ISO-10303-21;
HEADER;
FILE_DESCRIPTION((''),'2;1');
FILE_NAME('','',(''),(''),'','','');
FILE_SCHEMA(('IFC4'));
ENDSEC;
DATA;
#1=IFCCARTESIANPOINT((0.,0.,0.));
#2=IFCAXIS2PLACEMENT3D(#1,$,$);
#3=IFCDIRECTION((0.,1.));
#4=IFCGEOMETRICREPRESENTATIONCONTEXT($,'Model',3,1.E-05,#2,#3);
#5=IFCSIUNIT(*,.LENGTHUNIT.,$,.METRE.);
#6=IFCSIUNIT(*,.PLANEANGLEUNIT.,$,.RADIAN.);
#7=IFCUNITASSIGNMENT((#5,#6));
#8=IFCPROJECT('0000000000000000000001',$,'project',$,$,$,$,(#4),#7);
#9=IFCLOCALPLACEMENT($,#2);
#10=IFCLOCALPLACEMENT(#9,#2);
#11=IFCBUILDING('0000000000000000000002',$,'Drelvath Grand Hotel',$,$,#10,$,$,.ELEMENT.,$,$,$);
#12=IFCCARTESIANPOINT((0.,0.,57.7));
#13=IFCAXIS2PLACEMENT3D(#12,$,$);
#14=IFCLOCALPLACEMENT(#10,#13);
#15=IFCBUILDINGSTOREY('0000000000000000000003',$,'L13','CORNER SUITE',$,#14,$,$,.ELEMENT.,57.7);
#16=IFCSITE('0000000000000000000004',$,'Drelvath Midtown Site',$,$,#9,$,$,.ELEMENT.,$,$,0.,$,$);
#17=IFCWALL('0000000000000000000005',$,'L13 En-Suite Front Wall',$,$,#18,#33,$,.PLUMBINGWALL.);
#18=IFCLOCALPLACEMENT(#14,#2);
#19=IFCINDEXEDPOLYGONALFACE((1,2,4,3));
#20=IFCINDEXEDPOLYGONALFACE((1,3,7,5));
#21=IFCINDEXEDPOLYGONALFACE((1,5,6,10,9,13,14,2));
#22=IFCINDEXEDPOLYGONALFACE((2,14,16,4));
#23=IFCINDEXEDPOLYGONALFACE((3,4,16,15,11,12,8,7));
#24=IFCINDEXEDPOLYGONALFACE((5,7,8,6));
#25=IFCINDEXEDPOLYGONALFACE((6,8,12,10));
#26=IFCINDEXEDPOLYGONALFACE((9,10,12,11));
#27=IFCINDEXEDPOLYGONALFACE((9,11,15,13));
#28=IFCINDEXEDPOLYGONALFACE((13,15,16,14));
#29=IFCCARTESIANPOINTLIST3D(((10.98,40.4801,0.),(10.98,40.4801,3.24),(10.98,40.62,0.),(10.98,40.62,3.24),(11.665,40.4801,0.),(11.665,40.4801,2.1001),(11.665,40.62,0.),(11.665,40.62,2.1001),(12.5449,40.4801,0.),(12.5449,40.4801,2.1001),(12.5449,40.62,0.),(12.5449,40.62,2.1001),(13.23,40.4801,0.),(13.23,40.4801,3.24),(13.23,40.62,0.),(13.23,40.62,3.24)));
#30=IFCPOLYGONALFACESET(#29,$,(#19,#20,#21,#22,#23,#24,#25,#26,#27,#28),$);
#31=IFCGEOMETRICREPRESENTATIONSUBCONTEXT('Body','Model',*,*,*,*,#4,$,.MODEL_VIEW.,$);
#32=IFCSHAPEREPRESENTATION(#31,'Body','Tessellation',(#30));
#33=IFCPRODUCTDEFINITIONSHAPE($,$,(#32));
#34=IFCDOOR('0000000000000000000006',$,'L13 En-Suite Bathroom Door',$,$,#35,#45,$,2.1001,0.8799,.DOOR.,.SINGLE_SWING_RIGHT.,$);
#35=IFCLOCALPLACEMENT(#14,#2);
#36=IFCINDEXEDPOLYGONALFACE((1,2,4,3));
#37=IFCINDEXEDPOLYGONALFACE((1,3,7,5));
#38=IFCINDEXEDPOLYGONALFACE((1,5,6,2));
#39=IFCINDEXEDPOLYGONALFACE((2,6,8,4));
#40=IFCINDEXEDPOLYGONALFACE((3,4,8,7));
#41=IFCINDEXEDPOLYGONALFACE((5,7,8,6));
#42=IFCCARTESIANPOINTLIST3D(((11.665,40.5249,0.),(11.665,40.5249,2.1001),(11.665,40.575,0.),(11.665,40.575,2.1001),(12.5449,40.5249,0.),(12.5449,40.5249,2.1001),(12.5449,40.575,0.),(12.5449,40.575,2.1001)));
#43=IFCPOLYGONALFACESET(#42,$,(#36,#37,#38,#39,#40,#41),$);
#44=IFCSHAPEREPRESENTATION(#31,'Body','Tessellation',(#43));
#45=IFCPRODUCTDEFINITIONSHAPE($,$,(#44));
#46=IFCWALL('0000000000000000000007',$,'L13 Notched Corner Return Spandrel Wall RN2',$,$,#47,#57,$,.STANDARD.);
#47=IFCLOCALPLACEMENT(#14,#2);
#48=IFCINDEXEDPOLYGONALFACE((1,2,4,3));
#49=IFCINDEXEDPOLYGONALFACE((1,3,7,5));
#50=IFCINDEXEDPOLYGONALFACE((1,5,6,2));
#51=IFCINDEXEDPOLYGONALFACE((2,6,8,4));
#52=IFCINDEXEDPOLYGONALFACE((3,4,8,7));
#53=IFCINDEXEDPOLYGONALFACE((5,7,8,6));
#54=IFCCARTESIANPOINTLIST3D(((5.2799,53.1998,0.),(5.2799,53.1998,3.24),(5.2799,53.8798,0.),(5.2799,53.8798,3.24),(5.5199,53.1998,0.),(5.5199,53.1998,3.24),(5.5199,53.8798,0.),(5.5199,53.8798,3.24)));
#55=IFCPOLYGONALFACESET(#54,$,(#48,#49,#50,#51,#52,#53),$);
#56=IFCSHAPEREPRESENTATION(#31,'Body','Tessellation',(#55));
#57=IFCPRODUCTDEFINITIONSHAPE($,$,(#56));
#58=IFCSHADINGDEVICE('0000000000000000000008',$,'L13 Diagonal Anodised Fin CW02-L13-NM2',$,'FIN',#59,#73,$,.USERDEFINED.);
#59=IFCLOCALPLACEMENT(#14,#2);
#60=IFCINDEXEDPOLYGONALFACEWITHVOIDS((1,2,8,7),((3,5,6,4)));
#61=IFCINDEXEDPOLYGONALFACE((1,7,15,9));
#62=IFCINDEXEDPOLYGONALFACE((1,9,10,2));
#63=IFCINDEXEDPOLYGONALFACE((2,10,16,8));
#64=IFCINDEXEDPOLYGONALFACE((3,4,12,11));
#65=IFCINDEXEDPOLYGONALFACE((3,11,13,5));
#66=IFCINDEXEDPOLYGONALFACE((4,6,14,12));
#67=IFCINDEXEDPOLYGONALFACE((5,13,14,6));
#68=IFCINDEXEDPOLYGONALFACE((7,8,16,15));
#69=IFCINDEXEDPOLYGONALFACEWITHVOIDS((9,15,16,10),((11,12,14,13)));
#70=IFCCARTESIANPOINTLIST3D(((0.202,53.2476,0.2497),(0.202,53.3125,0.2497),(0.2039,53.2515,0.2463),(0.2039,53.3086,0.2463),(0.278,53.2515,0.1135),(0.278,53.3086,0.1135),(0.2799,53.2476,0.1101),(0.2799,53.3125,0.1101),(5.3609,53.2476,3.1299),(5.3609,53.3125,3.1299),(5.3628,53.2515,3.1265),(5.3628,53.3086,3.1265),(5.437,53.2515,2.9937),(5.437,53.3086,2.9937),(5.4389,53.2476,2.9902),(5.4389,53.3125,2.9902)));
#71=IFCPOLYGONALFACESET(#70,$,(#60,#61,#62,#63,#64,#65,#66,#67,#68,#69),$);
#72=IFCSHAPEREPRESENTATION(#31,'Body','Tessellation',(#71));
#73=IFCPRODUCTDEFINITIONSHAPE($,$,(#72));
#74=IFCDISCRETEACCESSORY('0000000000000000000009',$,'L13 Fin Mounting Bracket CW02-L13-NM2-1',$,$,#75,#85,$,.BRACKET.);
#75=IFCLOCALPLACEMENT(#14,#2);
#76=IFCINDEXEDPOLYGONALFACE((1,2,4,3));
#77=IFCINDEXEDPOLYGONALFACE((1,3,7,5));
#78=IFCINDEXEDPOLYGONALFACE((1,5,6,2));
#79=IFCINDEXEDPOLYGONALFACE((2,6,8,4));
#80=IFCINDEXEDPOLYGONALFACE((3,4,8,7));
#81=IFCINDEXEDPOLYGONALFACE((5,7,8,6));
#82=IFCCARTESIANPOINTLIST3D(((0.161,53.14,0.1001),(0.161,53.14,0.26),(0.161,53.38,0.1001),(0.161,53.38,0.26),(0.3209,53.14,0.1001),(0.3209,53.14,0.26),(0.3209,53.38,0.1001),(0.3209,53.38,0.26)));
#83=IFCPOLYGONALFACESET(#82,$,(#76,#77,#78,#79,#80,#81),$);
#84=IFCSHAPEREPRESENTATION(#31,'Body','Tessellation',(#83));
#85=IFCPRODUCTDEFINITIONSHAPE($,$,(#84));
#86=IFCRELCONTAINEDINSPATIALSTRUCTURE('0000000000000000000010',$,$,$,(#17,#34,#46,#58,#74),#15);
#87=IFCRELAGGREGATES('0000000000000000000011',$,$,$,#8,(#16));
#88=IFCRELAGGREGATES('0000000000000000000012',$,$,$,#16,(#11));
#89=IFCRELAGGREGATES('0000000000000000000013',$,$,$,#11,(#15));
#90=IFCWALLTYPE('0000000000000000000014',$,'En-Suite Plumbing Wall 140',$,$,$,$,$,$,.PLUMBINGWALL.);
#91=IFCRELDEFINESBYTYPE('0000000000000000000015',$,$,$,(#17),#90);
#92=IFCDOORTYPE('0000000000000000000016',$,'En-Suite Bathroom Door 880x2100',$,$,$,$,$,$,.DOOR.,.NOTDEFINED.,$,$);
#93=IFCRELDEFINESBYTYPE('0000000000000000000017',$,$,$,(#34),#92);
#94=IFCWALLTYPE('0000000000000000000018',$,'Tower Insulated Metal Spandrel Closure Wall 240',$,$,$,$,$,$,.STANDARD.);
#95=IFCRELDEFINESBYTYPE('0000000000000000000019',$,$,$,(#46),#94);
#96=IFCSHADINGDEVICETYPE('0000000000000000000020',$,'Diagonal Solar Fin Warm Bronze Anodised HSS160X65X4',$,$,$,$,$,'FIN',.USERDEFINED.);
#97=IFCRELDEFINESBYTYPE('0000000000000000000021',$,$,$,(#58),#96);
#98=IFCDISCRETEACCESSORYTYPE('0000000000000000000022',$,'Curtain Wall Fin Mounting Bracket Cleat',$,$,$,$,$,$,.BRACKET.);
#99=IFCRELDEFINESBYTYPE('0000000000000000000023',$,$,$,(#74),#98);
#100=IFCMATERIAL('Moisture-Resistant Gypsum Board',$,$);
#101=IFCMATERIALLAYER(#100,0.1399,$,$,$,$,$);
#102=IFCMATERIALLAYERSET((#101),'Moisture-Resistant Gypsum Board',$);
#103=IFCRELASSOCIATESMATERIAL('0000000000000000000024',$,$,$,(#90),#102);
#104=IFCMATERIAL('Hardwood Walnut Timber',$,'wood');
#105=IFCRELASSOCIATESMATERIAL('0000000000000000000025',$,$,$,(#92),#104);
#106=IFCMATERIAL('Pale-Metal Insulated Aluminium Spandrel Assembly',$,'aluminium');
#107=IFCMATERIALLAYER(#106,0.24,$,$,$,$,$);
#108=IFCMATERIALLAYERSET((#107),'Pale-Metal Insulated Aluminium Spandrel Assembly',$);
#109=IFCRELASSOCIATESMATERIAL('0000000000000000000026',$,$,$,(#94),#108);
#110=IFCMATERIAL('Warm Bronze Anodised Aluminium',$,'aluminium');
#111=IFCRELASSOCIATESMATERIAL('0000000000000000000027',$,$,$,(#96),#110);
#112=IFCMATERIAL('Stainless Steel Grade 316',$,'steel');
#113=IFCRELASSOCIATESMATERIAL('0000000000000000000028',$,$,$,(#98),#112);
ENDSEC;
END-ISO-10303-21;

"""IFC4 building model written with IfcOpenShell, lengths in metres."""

from ifc_helpers import new_model, si_unit, direction, frame, frame_2d, origin, origin_2d, place, context, subcontext, project, spatial, rectangle, hollow_rectangle, extrude, material, layer, layer_set, material_profile, profile_set, type_object, element, fill, save


model = new_model("IFC4")

# Units and contexts
model_context = context("Model", 3, precision=1e-05, world=origin(), true_north=direction((0.0, 1.0)))
body_context = subcontext(model_context, "Body", "Model", "MODEL_VIEW")
ifc_project = project(units=[si_unit("LENGTHUNIT", "METRE"), si_unit("PLANEANGLEUNIT", "RADIAN")], contexts=[model_context])

# Site, building, storey
site_placement = place(None, origin())
site = spatial("IfcSite", under=ifc_project, at=site_placement, Name="Drelvath Midtown Site", CompositionType="ELEMENT", RefElevation=0.0)
building_placement = place(site_placement, origin())
building = spatial("IfcBuilding", under=site, at=building_placement, Name="Drelvath Grand Hotel", CompositionType="ELEMENT")
storey_placement = place(building_placement, frame((0.0, 0.0, 57.7)))
storey = spatial("IfcBuildingStorey", under=building, at=storey_placement, Name="L13", Description="CORNER SUITE", CompositionType="ELEMENT", Elevation=57.7)

# Shared definitions
ifc_material_1 = material(Name="Moisture-Resistant Gypsum Board")
ifc_layer_1 = layer(ifc_material_1, 0.1399)
ifc_layer_set_1 = layer_set([ifc_layer_1], Name="Moisture-Resistant Gypsum Board")
wall_type_1 = type_object("IfcWallType", Name="En-Suite Plumbing Wall 140", PredefinedType="PLUMBINGWALL", material=ifc_layer_set_1)
ifc_material_2 = material(Name="Hardwood Walnut Timber", Category="wood")
door_type = type_object("IfcDoorType", Name="En-Suite Bathroom Door 880x2100", OperationType="NOTDEFINED", PredefinedType="DOOR", material=ifc_material_2)

# Wall, opening, door
wall_1_placement = place(storey_placement, frame((10.98, 40.55, 0.0), z_axis=(0.0, 0.0, 1.0), x_axis=(1.0, 0.0, 0.0)))
wall_1 = element("IfcWall", 1, at=wall_1_placement, inside=storey, type_object=wall_type_1, Name="L13 En-Suite Front Wall", PredefinedType="PLUMBINGWALL", context=body_context, shape_type="SweptSolid", body=[
    extrude(rectangle(XDim=2.25, YDim=0.1399, at=frame_2d((1.125, 0.0))), origin(), (0.0, 0.0, 1.0), 3.24),
])
opening_1_placement = place(wall_1_placement, frame((0.6851, 0.0, 0.0)))
opening_1 = element("IfcOpeningElement", 2, at=opening_1_placement, cuts=wall_1, PredefinedType="OPENING", context=body_context, shape_type="SweptSolid", body=[
    extrude(rectangle(XDim=0.8799, YDim=2.1001, at=frame_2d((0.4399, 1.05))), frame((0.0, 0.0798, 0.0), z_axis=(0.0, -1.0, 0.0), x_axis=(1.0, 0.0, 0.0)), (0.0, 0.0, 1.0), 0.1599),
])
door_1_placement = place(opening_1_placement, origin())
door_1 = element("IfcDoor", 3, at=door_1_placement, inside=storey, type_object=door_type, Name="L13 En-Suite Bathroom Door", OperationType="SINGLE_SWING_RIGHT", OverallHeight=2.1001, OverallWidth=0.8799, PredefinedType="DOOR", context=body_context, shape_type="SweptSolid", body=[
    extrude(rectangle(XDim=0.8799, YDim=2.1001, at=frame_2d((0.4399, 1.05))), frame((0.0, 0.0249, 0.0), z_axis=(0.0, -1.0, 0.0), x_axis=(1.0, 0.0, 0.0)), (0.0, 0.0, 1.0), 0.05),
])
fill(opening_1, door_1)

# Wall
ifc_material_3 = material(Name="Pale-Metal Insulated Aluminium Spandrel Assembly", Category="aluminium")
ifc_layer_2 = layer(ifc_material_3, 0.24)
ifc_layer_set_2 = layer_set([ifc_layer_2], Name="Pale-Metal Insulated Aluminium Spandrel Assembly")
wall_type_2 = type_object("IfcWallType", Name="Tower Insulated Metal Spandrel Closure Wall 240", PredefinedType="STANDARD", material=ifc_layer_set_2)
wall_2_placement = place(storey_placement, frame((5.3999, 53.2, 0.0), z_axis=(0.0, 0.0, 1.0), x_axis=(0.0, 1.0, 0.0)))
element("IfcWall", 4, at=wall_2_placement, inside=storey, type_object=wall_type_2, Name="L13 Notched Corner Return Spandrel Wall RN2", PredefinedType="STANDARD", context=body_context, shape_type="SweptSolid", body=[
    extrude(rectangle(XDim=0.6799, YDim=0.24, at=frame_2d((0.3398, 0.0))), origin(), (0.0, 0.0, 1.0), 3.24),
])

# Shading device
ifc_material_4 = material(Name="Warm Bronze Anodised Aluminium", Category="aluminium")
ifc_material_profile_1 = material_profile(ifc_material_4, hollow_rectangle(XDim=0.0649, YDim=0.1599, WallThickness=0.0039, at=origin_2d()), Name="HSS160X65X4")
ifc_profile_set_1 = profile_set([ifc_material_profile_1], Name="Warm Bronze Anodised Aluminium")
shading_device_type = type_object("IfcShadingDeviceType", Name="Diagonal Solar Fin Warm Bronze Anodised HSS160X65X4", ElementType="FIN", PredefinedType="USERDEFINED", material=ifc_profile_set_1)
shading_device_placement = place(storey_placement, frame((0.241, 53.28, 0.1799), z_axis=(0.873146, 0.0, 0.487459), x_axis=(0.0, 1.0, 0.0)))
element("IfcShadingDevice", 5, at=shading_device_placement, inside=storey, type_object=shading_device_type, Name="L13 Diagonal Anodised Fin CW02-L13-NM2", ObjectType="FIN", PredefinedType="USERDEFINED", context=body_context, shape_type="SweptSolid", body=[
    extrude(hollow_rectangle(XDim=0.0649, YDim=0.1599, WallThickness=0.0039, at=origin_2d()), origin(), (0.0, 0.0, 1.0), 5.9084),
])

# Discrete accessory
ifc_material_5 = material(Name="Stainless Steel Grade 316", Category="steel")
discrete_accessory_type = type_object("IfcDiscreteAccessoryType", Name="Curtain Wall Fin Mounting Bracket Cleat", PredefinedType="BRACKET", material=ifc_material_5)
discrete_accessory_placement = place(storey_placement, frame((0.241, 53.26, 0.1001), z_axis=(0.0, 0.0, 1.0), x_axis=(1.0, 0.0, 0.0)))
element("IfcDiscreteAccessory", 6, at=discrete_accessory_placement, inside=storey, type_object=discrete_accessory_type, Name="L13 Fin Mounting Bracket CW02-L13-NM2-1", PredefinedType="BRACKET", context=body_context, shape_type="SweptSolid", body=[
    extrude(rectangle(XDim=0.1599, YDim=0.24, at=origin_2d()), origin(), (0.0, 0.0, 1.0), 0.1599),
])

save(model, "model.ifc")
